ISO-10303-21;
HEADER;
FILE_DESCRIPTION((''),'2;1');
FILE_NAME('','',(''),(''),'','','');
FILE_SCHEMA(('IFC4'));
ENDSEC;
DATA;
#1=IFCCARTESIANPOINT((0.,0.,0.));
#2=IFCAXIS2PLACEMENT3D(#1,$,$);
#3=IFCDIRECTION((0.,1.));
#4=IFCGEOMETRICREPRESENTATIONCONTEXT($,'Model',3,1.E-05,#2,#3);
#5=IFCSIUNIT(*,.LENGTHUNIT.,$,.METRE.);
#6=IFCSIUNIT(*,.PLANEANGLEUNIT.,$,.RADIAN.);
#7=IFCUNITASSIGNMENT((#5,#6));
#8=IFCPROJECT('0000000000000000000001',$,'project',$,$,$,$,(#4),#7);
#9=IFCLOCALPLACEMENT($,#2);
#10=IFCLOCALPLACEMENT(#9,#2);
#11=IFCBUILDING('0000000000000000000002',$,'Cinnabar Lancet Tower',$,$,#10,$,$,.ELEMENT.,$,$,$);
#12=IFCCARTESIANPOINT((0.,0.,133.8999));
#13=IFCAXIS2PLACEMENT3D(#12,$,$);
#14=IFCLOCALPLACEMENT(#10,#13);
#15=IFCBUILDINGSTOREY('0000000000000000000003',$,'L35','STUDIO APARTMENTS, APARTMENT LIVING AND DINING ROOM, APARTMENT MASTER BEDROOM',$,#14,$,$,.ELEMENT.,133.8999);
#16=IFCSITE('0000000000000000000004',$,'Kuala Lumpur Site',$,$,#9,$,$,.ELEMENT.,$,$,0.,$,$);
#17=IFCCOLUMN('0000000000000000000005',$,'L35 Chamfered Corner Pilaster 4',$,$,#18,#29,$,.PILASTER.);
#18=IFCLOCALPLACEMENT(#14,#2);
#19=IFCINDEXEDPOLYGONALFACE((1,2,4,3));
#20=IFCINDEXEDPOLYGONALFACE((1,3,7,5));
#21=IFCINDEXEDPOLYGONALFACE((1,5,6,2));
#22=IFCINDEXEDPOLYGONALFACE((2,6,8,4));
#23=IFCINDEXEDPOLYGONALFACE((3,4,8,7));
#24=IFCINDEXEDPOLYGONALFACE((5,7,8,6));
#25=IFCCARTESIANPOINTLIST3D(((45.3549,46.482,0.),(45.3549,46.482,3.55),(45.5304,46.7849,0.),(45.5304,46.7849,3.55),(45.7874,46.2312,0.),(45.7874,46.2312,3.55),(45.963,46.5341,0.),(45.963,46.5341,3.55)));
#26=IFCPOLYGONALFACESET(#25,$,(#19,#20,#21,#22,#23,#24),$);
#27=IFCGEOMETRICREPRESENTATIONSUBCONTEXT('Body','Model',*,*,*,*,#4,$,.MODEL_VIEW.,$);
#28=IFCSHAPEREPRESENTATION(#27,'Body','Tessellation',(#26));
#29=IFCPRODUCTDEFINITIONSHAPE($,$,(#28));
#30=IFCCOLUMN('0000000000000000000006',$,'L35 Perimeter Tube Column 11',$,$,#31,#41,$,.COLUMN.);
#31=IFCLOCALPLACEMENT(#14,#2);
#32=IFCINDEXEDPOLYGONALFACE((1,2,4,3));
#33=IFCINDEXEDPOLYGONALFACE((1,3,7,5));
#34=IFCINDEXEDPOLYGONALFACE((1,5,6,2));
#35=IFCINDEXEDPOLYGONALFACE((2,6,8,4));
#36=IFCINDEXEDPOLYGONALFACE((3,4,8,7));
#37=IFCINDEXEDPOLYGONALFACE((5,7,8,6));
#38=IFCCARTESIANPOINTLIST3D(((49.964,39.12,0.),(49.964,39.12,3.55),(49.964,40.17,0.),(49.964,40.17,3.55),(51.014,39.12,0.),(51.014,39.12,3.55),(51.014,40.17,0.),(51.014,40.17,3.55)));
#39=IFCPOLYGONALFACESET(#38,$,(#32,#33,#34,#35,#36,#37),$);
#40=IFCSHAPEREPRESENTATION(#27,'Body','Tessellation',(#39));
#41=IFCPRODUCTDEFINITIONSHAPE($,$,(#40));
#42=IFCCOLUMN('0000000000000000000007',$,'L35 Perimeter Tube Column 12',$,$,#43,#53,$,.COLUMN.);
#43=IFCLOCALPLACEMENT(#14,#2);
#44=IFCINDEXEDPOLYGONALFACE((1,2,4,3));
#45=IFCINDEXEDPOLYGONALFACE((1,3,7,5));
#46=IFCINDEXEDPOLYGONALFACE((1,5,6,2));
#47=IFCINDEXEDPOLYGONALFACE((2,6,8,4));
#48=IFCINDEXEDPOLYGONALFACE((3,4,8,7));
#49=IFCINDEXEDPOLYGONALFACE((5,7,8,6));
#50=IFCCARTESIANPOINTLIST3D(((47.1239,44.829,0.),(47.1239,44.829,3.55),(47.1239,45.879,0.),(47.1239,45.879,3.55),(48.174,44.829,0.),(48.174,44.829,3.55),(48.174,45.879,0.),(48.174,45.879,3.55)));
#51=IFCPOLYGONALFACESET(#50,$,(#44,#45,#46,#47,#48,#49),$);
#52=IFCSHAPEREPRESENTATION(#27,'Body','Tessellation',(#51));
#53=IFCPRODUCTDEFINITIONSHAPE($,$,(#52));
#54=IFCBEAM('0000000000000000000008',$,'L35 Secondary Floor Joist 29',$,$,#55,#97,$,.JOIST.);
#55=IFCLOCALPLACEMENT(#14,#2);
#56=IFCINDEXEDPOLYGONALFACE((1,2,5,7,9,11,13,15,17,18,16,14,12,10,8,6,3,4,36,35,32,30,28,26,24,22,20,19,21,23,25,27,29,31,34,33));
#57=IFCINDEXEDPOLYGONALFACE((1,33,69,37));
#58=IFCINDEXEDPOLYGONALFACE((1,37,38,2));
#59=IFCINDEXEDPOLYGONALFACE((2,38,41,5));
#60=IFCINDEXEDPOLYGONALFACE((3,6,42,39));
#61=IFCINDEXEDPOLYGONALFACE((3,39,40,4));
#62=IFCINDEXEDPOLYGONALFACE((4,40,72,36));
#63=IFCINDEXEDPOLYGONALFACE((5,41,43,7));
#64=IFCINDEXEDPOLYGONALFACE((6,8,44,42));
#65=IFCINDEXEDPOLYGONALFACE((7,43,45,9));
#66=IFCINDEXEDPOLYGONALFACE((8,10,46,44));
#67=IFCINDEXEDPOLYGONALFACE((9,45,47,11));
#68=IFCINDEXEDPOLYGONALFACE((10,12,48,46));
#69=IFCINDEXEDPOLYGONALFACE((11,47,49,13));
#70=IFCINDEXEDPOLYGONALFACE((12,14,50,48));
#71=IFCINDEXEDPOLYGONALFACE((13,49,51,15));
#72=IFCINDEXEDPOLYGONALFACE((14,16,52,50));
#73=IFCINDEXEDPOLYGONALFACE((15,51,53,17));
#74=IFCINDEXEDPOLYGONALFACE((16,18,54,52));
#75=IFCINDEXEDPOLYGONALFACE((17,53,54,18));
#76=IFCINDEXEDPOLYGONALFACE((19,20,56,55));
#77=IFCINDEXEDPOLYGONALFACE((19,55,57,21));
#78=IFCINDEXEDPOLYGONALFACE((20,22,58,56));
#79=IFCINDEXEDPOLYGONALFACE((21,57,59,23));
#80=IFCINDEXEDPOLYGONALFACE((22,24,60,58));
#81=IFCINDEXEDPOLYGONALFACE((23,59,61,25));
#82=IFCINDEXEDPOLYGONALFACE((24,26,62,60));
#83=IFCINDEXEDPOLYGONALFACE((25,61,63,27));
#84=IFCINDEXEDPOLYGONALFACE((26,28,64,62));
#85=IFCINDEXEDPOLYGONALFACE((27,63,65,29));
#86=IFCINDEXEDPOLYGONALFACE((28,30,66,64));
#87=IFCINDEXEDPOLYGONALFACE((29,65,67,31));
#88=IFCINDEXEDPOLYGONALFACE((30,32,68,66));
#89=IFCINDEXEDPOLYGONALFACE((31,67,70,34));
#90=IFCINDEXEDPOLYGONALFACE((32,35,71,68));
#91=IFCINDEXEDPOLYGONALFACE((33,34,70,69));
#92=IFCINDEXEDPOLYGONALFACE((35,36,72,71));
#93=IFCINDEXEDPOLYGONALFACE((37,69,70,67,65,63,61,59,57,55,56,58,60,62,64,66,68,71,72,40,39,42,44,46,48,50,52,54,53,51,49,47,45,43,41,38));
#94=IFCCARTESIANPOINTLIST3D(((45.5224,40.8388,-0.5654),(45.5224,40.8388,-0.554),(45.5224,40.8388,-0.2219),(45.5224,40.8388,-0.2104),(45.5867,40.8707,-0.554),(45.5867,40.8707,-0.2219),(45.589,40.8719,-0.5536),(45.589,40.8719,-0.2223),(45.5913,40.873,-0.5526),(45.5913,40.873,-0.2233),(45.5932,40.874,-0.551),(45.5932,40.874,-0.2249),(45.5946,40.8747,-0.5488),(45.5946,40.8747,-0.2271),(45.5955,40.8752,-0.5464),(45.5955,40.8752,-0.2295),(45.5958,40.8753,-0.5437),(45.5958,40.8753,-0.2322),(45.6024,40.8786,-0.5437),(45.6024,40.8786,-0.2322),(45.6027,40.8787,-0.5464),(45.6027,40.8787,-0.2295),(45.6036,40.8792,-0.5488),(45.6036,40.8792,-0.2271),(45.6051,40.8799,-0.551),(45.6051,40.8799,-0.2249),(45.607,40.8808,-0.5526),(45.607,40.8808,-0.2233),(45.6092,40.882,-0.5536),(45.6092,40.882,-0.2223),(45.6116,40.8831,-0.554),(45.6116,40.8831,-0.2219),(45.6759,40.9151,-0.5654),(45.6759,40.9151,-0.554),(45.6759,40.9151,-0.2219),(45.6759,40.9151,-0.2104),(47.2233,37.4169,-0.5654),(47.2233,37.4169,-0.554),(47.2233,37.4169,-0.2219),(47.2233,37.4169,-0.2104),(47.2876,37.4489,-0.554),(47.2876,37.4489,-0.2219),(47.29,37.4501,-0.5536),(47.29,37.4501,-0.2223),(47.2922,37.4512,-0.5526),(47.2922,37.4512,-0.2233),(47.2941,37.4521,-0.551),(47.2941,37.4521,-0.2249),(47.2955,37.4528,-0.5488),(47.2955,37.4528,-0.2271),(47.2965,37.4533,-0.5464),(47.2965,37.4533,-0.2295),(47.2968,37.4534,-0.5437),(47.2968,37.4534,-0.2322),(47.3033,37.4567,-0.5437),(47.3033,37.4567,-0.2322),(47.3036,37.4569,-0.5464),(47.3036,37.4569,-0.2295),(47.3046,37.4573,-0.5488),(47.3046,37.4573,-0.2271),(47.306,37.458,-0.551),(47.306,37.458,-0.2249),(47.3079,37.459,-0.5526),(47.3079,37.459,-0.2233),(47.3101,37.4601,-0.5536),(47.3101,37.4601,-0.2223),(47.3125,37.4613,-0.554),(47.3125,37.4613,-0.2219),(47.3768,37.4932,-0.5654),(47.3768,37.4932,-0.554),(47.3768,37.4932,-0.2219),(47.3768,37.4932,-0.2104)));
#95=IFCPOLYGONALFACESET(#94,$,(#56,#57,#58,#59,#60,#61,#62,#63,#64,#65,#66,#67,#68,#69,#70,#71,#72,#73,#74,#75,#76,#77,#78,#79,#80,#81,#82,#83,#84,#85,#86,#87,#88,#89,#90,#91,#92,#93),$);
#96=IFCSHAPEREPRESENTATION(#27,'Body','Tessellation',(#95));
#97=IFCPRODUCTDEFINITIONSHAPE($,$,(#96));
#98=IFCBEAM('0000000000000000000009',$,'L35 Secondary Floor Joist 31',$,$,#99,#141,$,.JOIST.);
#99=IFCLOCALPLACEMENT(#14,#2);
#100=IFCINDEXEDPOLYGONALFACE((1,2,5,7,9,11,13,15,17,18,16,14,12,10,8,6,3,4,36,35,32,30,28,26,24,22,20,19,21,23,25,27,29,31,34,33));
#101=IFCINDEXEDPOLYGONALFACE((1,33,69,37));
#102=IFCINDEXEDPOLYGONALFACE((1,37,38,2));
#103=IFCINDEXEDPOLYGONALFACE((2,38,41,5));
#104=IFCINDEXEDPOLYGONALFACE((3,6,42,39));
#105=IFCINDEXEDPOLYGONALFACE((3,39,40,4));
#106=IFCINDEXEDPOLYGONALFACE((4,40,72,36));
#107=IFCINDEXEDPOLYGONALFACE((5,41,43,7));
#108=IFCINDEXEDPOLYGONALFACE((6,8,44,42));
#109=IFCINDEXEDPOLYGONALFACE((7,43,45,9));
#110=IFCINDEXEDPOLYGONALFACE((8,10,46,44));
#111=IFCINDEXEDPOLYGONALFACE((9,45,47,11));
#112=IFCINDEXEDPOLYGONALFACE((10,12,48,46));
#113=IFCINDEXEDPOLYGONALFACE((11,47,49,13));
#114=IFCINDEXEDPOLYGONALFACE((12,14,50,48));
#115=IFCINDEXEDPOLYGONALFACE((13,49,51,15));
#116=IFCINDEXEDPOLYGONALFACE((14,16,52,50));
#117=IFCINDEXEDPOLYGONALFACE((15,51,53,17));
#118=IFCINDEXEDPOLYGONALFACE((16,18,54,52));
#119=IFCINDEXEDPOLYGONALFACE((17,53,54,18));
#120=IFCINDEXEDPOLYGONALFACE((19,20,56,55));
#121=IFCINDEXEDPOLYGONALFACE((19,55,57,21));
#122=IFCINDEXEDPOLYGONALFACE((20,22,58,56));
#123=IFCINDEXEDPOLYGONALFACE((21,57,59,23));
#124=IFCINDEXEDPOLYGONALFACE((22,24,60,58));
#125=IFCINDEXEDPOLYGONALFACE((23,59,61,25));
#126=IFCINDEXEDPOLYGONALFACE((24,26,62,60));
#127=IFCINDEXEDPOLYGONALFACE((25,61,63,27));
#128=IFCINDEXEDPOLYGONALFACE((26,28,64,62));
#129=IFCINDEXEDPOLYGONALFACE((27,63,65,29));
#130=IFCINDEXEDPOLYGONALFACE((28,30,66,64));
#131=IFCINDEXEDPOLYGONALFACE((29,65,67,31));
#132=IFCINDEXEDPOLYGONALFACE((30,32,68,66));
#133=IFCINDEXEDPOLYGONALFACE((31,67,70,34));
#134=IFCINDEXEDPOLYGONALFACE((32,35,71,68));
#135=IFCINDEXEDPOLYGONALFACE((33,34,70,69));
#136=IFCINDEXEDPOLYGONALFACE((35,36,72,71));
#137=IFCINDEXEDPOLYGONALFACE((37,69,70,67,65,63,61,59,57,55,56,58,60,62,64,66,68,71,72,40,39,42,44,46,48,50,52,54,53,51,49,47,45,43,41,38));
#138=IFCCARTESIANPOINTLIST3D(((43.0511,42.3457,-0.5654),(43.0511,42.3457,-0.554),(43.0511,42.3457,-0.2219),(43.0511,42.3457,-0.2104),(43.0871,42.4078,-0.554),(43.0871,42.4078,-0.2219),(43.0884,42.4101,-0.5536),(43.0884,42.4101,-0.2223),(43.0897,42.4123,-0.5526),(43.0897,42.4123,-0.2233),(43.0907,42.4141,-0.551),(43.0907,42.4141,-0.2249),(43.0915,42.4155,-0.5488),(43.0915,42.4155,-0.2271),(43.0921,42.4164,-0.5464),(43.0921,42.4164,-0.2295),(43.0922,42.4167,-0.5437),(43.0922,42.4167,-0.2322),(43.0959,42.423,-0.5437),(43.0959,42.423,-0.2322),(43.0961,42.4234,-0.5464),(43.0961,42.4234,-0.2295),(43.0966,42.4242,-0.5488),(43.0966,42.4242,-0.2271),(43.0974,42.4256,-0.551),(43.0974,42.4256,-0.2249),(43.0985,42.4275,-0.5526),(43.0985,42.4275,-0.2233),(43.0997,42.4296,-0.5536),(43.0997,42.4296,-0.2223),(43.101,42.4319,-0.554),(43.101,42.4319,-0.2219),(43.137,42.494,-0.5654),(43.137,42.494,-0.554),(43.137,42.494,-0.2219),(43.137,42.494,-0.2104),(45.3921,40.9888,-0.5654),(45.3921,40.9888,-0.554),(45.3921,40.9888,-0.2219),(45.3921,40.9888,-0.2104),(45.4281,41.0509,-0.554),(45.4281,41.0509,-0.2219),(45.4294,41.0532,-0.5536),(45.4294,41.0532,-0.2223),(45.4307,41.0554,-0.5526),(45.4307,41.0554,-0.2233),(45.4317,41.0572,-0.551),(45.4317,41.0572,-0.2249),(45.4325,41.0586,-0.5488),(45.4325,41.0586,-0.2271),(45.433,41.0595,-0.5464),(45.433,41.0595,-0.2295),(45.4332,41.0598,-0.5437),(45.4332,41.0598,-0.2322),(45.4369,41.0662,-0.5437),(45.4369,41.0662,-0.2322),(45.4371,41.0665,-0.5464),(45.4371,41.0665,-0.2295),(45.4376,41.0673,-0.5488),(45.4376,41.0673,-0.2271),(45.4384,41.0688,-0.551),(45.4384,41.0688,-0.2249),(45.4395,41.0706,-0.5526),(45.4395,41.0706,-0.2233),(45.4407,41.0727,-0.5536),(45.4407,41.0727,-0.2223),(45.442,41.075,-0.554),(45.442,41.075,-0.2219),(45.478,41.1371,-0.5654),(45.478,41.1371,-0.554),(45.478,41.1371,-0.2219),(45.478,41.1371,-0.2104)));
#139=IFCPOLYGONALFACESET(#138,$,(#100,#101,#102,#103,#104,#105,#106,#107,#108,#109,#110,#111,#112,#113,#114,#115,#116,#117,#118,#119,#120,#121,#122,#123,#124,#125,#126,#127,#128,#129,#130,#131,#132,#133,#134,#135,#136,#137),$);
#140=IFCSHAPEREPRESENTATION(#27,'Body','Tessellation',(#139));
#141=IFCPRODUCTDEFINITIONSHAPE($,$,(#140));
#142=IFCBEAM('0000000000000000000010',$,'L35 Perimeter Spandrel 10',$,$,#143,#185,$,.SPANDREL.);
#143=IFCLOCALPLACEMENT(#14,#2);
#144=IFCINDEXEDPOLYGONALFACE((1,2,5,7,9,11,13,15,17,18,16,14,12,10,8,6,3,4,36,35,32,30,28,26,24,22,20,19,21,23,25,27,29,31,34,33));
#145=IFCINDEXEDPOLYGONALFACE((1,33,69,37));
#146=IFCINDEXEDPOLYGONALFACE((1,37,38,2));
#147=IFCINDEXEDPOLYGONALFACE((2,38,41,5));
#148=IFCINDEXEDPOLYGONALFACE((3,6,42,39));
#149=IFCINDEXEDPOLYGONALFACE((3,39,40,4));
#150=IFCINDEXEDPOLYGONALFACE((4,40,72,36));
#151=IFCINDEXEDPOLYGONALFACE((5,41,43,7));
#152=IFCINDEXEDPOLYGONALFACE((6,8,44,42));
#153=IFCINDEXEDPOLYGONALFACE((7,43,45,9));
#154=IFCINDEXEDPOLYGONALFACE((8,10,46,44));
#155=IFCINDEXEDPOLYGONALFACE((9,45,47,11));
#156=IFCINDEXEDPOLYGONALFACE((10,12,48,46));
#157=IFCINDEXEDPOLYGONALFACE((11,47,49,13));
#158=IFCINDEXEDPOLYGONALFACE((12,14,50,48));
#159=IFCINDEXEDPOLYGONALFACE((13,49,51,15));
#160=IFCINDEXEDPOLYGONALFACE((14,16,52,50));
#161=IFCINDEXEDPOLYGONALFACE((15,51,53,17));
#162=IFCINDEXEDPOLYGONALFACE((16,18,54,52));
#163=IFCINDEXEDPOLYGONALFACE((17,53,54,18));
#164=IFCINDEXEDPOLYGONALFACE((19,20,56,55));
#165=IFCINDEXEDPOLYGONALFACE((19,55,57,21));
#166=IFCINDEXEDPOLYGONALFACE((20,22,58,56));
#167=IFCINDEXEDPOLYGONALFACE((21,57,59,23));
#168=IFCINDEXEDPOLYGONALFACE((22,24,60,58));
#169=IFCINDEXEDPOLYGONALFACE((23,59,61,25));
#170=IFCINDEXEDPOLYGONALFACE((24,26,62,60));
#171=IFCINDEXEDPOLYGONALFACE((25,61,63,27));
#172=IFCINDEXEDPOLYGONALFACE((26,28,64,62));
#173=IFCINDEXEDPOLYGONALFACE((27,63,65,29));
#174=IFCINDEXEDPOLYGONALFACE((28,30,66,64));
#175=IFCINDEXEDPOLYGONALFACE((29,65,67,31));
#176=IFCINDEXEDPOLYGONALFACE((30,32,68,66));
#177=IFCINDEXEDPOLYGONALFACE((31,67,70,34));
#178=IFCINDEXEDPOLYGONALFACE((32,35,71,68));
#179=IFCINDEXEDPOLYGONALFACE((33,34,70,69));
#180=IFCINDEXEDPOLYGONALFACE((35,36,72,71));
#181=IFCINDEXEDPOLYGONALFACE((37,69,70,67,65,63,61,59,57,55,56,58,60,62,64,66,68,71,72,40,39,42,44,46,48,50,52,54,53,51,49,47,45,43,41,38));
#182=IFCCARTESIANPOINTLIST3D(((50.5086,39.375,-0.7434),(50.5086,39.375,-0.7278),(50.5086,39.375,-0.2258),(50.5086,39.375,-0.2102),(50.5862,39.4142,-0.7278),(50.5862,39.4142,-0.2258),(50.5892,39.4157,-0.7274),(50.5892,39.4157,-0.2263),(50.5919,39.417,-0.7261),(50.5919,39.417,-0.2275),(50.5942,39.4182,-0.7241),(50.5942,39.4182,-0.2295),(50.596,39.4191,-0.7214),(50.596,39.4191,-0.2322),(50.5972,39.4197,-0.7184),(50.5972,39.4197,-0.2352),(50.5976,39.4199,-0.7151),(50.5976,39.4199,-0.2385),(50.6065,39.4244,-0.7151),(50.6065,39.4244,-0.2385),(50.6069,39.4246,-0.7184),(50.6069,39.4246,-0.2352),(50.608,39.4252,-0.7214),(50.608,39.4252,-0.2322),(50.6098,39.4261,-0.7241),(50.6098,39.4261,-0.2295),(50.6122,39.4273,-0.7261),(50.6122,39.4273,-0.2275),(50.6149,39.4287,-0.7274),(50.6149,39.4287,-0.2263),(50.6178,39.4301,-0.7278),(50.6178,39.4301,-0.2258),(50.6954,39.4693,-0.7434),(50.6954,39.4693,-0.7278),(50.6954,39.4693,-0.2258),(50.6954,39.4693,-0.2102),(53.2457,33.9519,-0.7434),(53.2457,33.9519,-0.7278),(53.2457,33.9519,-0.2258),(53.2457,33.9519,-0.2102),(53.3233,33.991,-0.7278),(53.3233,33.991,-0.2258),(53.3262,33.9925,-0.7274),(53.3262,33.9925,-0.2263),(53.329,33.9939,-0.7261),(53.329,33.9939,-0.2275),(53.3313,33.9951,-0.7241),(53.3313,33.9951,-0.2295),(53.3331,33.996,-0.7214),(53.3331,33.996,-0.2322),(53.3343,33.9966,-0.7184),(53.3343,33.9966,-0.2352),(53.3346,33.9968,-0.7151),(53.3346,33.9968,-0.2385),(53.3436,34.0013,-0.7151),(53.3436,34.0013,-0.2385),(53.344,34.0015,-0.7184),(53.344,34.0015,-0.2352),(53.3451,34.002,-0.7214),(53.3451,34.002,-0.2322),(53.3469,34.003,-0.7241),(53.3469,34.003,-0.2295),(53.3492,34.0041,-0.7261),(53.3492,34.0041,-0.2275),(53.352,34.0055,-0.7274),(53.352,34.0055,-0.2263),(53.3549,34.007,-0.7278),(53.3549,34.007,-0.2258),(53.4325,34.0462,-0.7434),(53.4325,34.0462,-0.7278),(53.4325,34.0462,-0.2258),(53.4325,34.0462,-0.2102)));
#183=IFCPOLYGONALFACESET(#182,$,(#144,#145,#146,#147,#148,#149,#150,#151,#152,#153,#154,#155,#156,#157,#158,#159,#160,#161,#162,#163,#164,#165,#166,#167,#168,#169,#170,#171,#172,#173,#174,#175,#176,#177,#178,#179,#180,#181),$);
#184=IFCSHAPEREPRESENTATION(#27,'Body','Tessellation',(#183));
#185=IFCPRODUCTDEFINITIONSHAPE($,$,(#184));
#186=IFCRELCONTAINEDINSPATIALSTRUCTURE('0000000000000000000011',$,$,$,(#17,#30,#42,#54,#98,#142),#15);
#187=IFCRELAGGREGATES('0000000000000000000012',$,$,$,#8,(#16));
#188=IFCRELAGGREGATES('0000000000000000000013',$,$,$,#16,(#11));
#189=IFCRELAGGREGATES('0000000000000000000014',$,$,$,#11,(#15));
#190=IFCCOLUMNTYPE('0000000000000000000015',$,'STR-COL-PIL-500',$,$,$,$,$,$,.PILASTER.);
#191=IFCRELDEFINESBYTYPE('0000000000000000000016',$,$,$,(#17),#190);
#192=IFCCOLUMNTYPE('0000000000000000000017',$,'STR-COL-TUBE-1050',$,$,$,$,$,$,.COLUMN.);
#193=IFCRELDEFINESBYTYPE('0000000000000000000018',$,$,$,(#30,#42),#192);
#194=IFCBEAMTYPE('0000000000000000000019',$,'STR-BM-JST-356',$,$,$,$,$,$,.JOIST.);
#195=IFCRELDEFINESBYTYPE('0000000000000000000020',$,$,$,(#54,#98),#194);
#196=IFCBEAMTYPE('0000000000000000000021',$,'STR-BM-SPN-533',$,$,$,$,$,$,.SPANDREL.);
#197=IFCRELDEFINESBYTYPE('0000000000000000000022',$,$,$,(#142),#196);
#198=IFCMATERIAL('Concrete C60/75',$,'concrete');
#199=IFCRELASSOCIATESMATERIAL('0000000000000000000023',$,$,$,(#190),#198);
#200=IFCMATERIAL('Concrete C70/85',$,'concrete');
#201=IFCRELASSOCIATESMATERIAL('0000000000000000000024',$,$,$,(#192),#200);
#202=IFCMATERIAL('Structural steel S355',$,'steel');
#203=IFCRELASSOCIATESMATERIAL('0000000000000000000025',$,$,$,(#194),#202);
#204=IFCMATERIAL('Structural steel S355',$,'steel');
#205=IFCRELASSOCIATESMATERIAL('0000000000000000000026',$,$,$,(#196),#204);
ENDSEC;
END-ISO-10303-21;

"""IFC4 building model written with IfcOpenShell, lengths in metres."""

from ifc_helpers import new_model, si_unit, direction, frame, origin, origin_2d, place, context, subcontext, project, spatial, rectangle, i_section, extrude, material, material_profile, profile_set, type_object, element, save


model = new_model("IFC4")

# Units and contexts
model_context = context("Model", 3, precision=1e-05, world=origin(), true_north=direction((0.0, 1.0)))
body_context = subcontext(model_context, "Body", "Model", "MODEL_VIEW")
ifc_project = project(units=[si_unit("LENGTHUNIT", "METRE"), si_unit("PLANEANGLEUNIT", "RADIAN")], contexts=[model_context])

# Site, building, storey
site_placement = place(None, origin())
site = spatial("IfcSite", under=ifc_project, at=site_placement, Name="Kuala Lumpur Site", CompositionType="ELEMENT", RefElevation=0.0)
building_placement = place(site_placement, origin())
building = spatial("IfcBuilding", under=site, at=building_placement, Name="Cinnabar Lancet Tower", CompositionType="ELEMENT")
storey_placement = place(building_placement, frame((0.0, 0.0, 133.8999)))
storey = spatial("IfcBuildingStorey", under=building, at=storey_placement, Name="L35", Description="STUDIO APARTMENTS, APARTMENT LIVING AND DINING ROOM, APARTMENT MASTER BEDROOM", CompositionType="ELEMENT", Elevation=133.8999)

# Columns
ifc_material_1 = material(Name="Concrete C60/75", Category="concrete")
ifc_material_profile_1 = material_profile(ifc_material_1, rectangle(XDim=0.5, YDim=0.3501, at=origin_2d()), Name="RC-PIL 500x350")
ifc_profile_set_1 = profile_set([ifc_material_profile_1], Name="Concrete C60/75")
column_type_1 = type_object("IfcColumnType", Name="STR-COL-PIL-500", PredefinedType="PILASTER", material=ifc_profile_set_1)
column_placement = place(storey_placement, frame((45.6589, 46.5081, 0.0), z_axis=(0.0, 0.0, 1.0), x_axis=(-0.86516, 0.501496, 0.0)))
element("IfcColumn", 1, at=column_placement, inside=storey, type_object=column_type_1, Name="L35 Chamfered Corner Pilaster 4", PredefinedType="PILASTER", context=body_context, shape_type="SweptSolid", body=[
    extrude(rectangle(XDim=0.5, YDim=0.3501, at=origin_2d()), origin(), (0.0, 0.0, 1.0), 3.55),
])
ifc_material_2 = material(Name="Concrete C70/85", Category="concrete")
ifc_material_profile_2 = material_profile(ifc_material_2, rectangle(XDim=1.05, YDim=1.05, at=origin_2d()), Name="RC-COL 1050x1050")
ifc_profile_set_2 = profile_set([ifc_material_profile_2], Name="Concrete C70/85")
column_type_2 = type_object("IfcColumnType", Name="STR-COL-TUBE-1050", PredefinedType="COLUMN", material=ifc_profile_set_2)
for number, where, z_axis, x_axis, name in (
    (2, (50.489, 39.645, 0.0), (0.0, 0.0, 1.0), (1.0, 0.0, 0.0), "L35 Perimeter Tube Column 11"),
    (3, (47.6489, 45.354, 0.0), (0.0, 0.0, 1.0), (1.0, 0.0, 0.0), "L35 Perimeter Tube Column 12"),
):
    element("IfcColumn", number, at=place(storey_placement, frame(where, z_axis=z_axis, x_axis=x_axis)), inside=storey, type_object=column_type_2, Name=name, PredefinedType="COLUMN", context=body_context, shape_type="SweptSolid", body=[
        extrude(rectangle(XDim=1.05, YDim=1.05, at=origin_2d()), origin(), (0.0, 0.0, 1.0), 3.55),
    ])

# Beams
ifc_material_3 = material(Name="Structural steel S355", Category="steel")
ifc_material_profile_3 = material_profile(ifc_material_3, i_section(OverallWidth=0.1714, OverallDepth=0.355, WebThickness=0.0073, FlangeThickness=0.0115, FilletRadius=0.0103, at=origin_2d()), Name="UKB 356x171x51")
ifc_profile_set_3 = profile_set([ifc_material_profile_3], Name="Structural steel S355")
beam_type_1 = type_object("IfcBeamType", Name="STR-BM-JST-356", PredefinedType="JOIST", material=ifc_profile_set_3)
beam_1_placement = place(storey_placement, frame((47.3, 37.4551, -0.3879), z_axis=(-0.445117, 0.895473, 0.0), x_axis=(-0.895473, -0.445117, 0.0)))
element("IfcBeam", 4, at=beam_1_placement, inside=storey, type_object=beam_type_1, Name="L35 Secondary Floor Joist 29", PredefinedType="JOIST", context=body_context, shape_type="SweptSolid", body=[
    extrude(i_section(OverallWidth=0.1714, OverallDepth=0.355, WebThickness=0.0073, FlangeThickness=0.0115, FilletRadius=0.0103, at=origin_2d()), origin(), (0.0, 0.0, 1.0), 3.8213),
])
beam_2_placement = place(storey_placement, frame((45.4351, 41.063, -0.3879), z_axis=(-0.865173, 0.501474, 0.0), x_axis=(-0.501474, -0.865173, 0.0)))
element("IfcBeam", 5, at=beam_2_placement, inside=storey, type_object=beam_type_1, Name="L35 Secondary Floor Joist 31", PredefinedType="JOIST", context=body_context, shape_type="SweptSolid", body=[
    extrude(i_section(OverallWidth=0.1714, OverallDepth=0.355, WebThickness=0.0073, FlangeThickness=0.0115, FilletRadius=0.0103, at=origin_2d()), origin(), (0.0, 0.0, 1.0), 2.7058),
])
ifc_material_4 = material(Name="Structural steel S355", Category="steel")
ifc_material_profile_4 = material_profile(ifc_material_4, i_section(OverallWidth=0.2092, OverallDepth=0.5332, WebThickness=0.01, FlangeThickness=0.0156, FilletRadius=0.0127, at=origin_2d()), Name="UKB 533x210x92")
ifc_profile_set_4 = profile_set([ifc_material_profile_4], Name="Structural steel S355")
beam_type_2 = type_object("IfcBeamType", Name="STR-BM-SPN-533", PredefinedType="SPANDREL", material=ifc_profile_set_4)
beam_3_placement = place(storey_placement, frame((53.3391, 33.999, -0.4768), z_axis=(-0.45057, 0.892741, 0.0), x_axis=(-0.892741, -0.45057, 0.0)))
element("IfcBeam", 6, at=beam_3_placement, inside=storey, type_object=beam_type_2, Name="L35 Perimeter Spandrel 10", PredefinedType="SPANDREL", context=body_context, shape_type="SweptSolid", body=[
    extrude(i_section(OverallWidth=0.2092, OverallDepth=0.5332, WebThickness=0.01, FlangeThickness=0.0156, FilletRadius=0.0127, at=origin_2d()), origin(), (0.0, 0.0, 1.0), 6.0747),
])

save(model, "model.ifc")
